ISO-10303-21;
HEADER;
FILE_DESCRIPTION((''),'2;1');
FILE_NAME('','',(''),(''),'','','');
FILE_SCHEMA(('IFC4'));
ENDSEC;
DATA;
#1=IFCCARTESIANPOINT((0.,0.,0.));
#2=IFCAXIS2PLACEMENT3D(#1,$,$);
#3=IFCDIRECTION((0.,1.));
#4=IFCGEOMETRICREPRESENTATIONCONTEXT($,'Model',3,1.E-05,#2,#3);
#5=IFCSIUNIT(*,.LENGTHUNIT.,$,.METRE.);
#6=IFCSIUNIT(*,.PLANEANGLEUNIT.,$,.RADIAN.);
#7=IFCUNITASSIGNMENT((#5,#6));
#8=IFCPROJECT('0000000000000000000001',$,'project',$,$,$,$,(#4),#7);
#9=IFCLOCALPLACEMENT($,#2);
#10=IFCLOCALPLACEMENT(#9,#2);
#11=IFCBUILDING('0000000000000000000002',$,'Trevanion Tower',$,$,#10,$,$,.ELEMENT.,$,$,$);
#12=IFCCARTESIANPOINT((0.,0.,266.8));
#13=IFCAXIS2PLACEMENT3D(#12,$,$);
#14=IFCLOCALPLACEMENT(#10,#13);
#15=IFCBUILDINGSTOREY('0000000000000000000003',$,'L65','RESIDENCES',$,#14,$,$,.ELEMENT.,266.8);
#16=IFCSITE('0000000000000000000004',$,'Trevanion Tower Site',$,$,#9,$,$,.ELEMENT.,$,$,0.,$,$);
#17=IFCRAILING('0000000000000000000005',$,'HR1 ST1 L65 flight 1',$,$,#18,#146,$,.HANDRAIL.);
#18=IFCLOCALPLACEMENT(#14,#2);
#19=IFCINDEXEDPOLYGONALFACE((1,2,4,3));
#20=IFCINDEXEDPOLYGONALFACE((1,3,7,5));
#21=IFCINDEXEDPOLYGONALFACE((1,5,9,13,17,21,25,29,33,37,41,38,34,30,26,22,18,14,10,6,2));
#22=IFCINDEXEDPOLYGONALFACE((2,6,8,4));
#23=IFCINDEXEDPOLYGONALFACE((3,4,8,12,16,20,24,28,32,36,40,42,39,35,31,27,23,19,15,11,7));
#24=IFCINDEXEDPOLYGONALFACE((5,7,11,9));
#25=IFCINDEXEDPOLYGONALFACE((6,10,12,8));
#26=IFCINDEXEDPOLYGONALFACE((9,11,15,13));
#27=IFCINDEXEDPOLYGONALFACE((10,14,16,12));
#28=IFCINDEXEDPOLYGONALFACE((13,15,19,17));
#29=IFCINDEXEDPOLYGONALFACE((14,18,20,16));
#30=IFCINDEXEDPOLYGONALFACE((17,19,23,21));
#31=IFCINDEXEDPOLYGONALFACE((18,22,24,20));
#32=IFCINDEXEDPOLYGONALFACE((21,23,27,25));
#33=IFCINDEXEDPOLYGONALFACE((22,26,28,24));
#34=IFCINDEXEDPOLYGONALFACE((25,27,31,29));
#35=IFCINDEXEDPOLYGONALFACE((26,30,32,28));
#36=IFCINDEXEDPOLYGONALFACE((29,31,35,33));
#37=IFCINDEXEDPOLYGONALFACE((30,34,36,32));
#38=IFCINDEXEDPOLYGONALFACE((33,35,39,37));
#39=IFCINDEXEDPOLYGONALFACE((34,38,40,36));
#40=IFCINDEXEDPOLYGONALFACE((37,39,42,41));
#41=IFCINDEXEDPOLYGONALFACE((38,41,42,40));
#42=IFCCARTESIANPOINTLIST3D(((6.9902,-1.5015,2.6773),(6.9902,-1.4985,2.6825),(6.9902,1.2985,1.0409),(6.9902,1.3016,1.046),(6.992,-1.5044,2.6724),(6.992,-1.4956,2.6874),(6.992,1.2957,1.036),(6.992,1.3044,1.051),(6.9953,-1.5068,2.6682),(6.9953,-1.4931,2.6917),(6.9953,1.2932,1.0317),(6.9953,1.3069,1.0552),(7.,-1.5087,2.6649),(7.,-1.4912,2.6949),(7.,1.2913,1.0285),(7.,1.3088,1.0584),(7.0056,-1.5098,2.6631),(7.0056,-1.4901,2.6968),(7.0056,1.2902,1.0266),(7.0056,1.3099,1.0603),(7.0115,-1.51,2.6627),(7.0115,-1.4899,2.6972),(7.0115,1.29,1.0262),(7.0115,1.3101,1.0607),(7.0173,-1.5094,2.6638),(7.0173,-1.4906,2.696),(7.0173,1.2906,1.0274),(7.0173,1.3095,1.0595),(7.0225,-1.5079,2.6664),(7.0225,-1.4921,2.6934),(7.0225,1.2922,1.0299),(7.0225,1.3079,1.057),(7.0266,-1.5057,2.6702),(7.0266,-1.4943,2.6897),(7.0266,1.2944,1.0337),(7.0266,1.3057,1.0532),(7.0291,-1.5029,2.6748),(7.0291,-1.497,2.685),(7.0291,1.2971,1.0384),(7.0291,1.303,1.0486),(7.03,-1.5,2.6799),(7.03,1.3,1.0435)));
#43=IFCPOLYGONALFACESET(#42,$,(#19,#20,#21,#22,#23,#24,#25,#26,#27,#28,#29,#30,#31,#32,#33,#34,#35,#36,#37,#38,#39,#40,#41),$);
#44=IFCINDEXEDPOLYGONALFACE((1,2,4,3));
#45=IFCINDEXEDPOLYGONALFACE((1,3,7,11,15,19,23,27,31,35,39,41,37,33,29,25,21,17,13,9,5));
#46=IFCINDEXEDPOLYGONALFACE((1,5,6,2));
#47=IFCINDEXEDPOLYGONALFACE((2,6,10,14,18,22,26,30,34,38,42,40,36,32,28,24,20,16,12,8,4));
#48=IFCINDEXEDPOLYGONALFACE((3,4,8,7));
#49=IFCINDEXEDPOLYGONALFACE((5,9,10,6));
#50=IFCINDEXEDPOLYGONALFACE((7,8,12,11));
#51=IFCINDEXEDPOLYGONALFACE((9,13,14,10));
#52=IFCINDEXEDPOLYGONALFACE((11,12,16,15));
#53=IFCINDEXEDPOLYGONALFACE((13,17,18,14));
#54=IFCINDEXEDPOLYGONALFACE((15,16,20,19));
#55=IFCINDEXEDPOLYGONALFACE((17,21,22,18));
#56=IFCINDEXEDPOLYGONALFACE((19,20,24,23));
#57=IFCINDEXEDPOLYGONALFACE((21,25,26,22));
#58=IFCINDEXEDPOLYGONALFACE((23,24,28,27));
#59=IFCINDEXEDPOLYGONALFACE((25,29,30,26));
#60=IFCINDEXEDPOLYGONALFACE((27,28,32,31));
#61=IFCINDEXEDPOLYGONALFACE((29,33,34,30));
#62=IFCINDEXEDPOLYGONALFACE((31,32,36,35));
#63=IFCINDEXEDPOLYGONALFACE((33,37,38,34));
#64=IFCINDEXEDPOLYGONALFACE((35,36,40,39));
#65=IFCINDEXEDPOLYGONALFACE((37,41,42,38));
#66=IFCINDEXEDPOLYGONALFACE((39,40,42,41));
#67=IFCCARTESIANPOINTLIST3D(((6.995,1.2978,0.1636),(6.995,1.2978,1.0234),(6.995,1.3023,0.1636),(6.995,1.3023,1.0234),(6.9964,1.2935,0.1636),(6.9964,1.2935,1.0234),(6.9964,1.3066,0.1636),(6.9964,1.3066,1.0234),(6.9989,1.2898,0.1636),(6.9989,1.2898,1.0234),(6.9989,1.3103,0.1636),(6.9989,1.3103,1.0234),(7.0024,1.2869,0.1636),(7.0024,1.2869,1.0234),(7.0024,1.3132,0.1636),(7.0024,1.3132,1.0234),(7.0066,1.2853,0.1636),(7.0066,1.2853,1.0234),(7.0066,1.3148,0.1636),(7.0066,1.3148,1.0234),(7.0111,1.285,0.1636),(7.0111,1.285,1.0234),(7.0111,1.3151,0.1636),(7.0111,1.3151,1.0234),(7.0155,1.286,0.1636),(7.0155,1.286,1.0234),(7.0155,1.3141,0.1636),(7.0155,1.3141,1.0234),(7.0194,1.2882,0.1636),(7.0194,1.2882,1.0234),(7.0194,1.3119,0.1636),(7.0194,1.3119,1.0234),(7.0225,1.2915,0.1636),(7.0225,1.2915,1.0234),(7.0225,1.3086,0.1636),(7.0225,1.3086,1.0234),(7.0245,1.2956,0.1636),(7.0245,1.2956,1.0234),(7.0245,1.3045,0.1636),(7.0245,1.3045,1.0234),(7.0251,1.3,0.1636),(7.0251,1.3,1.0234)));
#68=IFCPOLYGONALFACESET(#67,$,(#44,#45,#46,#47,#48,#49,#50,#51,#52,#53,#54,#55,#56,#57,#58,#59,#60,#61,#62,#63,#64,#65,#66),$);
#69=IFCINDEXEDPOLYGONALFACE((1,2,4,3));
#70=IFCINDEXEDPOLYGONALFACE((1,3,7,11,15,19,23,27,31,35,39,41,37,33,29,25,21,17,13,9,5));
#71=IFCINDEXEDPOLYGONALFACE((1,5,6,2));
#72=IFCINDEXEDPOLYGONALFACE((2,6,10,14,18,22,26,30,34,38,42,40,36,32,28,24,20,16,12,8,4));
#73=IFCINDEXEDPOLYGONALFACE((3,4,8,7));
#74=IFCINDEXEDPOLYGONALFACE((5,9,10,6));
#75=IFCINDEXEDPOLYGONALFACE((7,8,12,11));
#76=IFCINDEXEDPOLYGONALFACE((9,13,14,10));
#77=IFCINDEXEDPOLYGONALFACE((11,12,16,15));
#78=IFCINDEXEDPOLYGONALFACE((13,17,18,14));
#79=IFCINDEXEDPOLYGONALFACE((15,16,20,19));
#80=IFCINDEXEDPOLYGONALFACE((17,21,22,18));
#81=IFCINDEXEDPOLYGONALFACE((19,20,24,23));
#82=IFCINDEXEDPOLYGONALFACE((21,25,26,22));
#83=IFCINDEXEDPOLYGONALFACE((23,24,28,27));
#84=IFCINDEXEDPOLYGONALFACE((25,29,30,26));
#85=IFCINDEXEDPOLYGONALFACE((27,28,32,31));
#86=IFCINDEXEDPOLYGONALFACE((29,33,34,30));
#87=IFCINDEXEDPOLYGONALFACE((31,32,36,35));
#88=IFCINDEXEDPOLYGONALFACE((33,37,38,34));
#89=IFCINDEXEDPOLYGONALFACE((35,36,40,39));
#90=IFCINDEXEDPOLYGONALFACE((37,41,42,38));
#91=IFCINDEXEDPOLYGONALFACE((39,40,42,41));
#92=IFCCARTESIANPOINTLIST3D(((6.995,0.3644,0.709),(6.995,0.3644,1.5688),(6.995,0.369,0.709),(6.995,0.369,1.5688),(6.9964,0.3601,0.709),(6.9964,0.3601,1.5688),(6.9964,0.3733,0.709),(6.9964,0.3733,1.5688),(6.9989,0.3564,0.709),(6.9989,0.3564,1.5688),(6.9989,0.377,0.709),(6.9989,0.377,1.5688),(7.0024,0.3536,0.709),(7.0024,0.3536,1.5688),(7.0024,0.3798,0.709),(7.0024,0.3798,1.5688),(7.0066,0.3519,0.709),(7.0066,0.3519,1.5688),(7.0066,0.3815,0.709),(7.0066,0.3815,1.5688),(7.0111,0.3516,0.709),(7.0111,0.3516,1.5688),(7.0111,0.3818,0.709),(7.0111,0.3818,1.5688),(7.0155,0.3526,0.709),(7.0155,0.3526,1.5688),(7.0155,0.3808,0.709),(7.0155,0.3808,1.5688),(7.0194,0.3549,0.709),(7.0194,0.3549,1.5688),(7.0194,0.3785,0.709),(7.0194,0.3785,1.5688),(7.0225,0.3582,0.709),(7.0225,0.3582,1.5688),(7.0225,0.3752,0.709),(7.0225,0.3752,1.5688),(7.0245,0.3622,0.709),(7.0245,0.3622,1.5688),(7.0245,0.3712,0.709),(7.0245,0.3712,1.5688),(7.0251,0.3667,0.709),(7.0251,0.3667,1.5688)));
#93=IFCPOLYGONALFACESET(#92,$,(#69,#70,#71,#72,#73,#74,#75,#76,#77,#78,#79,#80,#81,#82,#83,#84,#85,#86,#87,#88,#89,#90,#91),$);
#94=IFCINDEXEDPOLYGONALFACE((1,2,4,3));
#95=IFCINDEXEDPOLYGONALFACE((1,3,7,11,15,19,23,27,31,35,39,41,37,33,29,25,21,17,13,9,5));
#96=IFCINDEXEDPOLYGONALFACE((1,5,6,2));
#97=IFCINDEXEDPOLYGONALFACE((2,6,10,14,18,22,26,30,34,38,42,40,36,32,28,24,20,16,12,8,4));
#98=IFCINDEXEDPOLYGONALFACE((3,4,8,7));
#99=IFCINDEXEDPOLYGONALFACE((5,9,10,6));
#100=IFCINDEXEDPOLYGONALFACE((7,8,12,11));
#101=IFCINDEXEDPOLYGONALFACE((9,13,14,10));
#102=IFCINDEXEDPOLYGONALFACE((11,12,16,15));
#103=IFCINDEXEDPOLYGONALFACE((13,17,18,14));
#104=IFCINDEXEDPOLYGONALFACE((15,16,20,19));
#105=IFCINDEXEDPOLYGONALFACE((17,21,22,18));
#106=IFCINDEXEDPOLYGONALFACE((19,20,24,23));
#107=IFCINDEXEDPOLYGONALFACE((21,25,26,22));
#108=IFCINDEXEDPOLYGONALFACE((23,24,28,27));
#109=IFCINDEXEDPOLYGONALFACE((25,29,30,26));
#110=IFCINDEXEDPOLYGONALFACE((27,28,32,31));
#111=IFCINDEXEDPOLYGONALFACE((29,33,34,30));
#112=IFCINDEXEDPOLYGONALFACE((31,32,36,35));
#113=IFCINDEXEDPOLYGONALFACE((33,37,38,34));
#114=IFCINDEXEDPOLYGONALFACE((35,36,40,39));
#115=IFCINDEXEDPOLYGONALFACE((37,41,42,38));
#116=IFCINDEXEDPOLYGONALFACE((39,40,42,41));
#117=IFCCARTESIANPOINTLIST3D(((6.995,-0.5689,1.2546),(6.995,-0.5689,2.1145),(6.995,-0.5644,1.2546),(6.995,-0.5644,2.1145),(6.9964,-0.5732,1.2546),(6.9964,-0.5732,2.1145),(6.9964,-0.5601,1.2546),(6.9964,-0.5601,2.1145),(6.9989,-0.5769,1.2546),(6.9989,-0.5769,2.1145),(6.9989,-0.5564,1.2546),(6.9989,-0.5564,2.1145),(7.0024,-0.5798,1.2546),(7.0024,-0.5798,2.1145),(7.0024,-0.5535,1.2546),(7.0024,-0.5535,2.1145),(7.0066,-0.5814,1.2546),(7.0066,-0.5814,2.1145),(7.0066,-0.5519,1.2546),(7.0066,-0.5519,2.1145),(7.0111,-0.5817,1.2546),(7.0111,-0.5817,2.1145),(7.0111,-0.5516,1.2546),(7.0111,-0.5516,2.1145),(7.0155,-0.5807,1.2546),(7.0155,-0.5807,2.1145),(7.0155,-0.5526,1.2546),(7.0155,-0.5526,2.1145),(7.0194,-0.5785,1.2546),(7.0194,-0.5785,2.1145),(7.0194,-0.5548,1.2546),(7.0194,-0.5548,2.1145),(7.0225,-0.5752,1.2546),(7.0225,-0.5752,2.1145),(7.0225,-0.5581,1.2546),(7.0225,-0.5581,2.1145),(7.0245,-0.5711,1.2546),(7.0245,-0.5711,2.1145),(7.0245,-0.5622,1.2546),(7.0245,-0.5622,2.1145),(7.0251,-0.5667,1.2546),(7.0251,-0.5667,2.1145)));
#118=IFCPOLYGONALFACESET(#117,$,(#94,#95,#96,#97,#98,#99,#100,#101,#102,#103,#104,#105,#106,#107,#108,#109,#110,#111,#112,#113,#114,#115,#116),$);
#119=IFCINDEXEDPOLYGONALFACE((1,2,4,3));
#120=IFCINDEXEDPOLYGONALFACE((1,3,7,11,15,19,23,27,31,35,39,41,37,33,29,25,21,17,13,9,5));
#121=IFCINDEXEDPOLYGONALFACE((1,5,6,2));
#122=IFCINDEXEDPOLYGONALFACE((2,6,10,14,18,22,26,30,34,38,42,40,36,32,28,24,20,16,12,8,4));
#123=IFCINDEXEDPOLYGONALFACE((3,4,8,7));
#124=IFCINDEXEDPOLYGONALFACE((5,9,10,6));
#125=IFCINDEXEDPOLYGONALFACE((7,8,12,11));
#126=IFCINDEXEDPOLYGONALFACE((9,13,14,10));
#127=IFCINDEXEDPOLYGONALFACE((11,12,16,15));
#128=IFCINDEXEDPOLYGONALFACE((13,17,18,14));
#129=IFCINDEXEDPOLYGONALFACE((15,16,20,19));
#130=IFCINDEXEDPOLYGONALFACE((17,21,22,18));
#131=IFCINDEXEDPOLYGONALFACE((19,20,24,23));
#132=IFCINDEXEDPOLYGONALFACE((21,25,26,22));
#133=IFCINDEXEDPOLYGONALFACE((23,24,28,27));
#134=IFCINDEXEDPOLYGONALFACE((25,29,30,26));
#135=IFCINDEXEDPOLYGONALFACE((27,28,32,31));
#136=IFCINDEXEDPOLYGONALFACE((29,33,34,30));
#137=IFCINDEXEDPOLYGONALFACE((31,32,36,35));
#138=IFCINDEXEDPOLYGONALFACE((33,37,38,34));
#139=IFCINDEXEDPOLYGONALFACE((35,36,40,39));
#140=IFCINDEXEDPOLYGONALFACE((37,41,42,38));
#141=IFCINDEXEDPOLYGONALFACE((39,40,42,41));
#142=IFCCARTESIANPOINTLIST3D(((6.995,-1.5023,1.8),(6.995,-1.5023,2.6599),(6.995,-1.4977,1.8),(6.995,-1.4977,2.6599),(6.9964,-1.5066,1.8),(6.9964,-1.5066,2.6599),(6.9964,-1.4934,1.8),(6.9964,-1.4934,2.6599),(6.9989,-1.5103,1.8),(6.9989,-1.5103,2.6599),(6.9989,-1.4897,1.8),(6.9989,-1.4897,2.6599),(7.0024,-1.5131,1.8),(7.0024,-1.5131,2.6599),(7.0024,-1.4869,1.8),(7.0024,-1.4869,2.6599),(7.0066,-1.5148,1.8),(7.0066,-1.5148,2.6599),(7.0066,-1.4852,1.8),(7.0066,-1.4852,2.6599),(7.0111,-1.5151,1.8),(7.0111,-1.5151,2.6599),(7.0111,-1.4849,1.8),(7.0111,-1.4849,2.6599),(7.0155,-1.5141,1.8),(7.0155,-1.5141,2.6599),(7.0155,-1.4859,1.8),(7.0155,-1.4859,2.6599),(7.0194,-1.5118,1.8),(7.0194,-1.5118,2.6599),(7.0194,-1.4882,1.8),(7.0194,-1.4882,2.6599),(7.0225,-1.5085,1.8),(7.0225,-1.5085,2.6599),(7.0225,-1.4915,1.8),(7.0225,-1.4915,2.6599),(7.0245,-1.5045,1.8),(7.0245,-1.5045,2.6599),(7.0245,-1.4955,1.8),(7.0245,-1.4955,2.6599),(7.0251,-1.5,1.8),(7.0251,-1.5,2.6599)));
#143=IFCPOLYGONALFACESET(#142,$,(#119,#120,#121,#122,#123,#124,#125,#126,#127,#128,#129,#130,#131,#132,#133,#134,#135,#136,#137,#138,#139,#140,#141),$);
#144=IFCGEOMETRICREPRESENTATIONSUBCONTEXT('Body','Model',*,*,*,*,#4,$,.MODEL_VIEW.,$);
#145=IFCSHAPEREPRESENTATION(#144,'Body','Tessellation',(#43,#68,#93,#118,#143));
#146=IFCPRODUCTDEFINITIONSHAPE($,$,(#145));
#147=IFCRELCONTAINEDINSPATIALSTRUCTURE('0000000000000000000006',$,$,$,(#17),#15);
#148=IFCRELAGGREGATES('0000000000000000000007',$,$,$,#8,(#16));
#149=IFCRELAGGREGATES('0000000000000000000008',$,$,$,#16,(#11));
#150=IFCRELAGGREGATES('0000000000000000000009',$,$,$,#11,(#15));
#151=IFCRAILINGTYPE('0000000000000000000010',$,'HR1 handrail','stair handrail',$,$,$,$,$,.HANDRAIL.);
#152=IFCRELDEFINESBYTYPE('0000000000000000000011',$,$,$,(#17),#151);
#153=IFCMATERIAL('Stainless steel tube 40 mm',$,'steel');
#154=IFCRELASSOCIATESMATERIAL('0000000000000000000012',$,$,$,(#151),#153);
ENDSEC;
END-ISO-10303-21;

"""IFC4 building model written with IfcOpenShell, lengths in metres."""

from ifc_helpers import new_model, si_unit, direction, frame, origin, origin_2d, place, context, subcontext, project, spatial, circle, extrude, material, type_object, element, save


model = new_model("IFC4")

# Units and contexts
model_context = context("Model", 3, precision=1e-05, world=origin(), true_north=direction((0.0, 1.0)))
body_context = subcontext(model_context, "Body", "Model", "MODEL_VIEW")
ifc_project = project(units=[si_unit("LENGTHUNIT", "METRE"), si_unit("PLANEANGLEUNIT", "RADIAN")], contexts=[model_context])

# Site, building, storey
site_placement = place(None, origin())
site = spatial("IfcSite", under=ifc_project, at=site_placement, Name="Trevanion Tower Site", CompositionType="ELEMENT", RefElevation=0.0)
building_placement = place(site_placement, origin())
building = spatial("IfcBuilding", under=site, at=building_placement, Name="Trevanion Tower", CompositionType="ELEMENT")
storey_placement = place(building_placement, frame((0.0, 0.0, 266.8)))
storey = spatial("IfcBuildingStorey", under=building, at=storey_placement, Name="L65", Description="RESIDENCES", CompositionType="ELEMENT", Elevation=266.8)

# Railing
ifc_material_1 = material(Name="Stainless steel tube 40 mm", Category="steel")
railing_type = type_object("IfcRailingType", Name="HR1 handrail", Description="stair handrail", PredefinedType="HANDRAIL", material=ifc_material_1)
for number, where, name in (
    (1, (7.01, 1.3, 0.1636), "HR1 ST1 L65 flight 1"),
):
    element("IfcRailing", number, at=place(storey_placement, frame(where)), inside=storey, type_object=railing_type, Name=name, PredefinedType="HANDRAIL", context=body_context, shape_type="SweptSolid", body=[
        extrude(circle(Radius=0.02, at=origin_2d()), frame((0.0, 0.0, 0.8799), z_axis=(0.0, -0.863361, 0.504587), x_axis=(1.0, 0.0, 0.0)), (0.0, 0.0, 1.0), 3.2432),
        extrude(circle(Radius=0.0151, at=origin_2d()), origin(), (0.0, 0.0, 1.0), 0.8599),
        extrude(circle(Radius=0.0151, at=origin_2d()), frame((0.0, -0.9333, 0.5454)), (0.0, 0.0, 1.0), 0.8599),
        extrude(circle(Radius=0.0151, at=origin_2d()), frame((0.0, -1.8667, 1.0911)), (0.0, 0.0, 1.0), 0.8599),
        extrude(circle(Radius=0.0151, at=origin_2d()), frame((0.0, -2.8, 1.6365)), (0.0, 0.0, 1.0), 0.8599),
    ])

save(model, "model.ifc")
